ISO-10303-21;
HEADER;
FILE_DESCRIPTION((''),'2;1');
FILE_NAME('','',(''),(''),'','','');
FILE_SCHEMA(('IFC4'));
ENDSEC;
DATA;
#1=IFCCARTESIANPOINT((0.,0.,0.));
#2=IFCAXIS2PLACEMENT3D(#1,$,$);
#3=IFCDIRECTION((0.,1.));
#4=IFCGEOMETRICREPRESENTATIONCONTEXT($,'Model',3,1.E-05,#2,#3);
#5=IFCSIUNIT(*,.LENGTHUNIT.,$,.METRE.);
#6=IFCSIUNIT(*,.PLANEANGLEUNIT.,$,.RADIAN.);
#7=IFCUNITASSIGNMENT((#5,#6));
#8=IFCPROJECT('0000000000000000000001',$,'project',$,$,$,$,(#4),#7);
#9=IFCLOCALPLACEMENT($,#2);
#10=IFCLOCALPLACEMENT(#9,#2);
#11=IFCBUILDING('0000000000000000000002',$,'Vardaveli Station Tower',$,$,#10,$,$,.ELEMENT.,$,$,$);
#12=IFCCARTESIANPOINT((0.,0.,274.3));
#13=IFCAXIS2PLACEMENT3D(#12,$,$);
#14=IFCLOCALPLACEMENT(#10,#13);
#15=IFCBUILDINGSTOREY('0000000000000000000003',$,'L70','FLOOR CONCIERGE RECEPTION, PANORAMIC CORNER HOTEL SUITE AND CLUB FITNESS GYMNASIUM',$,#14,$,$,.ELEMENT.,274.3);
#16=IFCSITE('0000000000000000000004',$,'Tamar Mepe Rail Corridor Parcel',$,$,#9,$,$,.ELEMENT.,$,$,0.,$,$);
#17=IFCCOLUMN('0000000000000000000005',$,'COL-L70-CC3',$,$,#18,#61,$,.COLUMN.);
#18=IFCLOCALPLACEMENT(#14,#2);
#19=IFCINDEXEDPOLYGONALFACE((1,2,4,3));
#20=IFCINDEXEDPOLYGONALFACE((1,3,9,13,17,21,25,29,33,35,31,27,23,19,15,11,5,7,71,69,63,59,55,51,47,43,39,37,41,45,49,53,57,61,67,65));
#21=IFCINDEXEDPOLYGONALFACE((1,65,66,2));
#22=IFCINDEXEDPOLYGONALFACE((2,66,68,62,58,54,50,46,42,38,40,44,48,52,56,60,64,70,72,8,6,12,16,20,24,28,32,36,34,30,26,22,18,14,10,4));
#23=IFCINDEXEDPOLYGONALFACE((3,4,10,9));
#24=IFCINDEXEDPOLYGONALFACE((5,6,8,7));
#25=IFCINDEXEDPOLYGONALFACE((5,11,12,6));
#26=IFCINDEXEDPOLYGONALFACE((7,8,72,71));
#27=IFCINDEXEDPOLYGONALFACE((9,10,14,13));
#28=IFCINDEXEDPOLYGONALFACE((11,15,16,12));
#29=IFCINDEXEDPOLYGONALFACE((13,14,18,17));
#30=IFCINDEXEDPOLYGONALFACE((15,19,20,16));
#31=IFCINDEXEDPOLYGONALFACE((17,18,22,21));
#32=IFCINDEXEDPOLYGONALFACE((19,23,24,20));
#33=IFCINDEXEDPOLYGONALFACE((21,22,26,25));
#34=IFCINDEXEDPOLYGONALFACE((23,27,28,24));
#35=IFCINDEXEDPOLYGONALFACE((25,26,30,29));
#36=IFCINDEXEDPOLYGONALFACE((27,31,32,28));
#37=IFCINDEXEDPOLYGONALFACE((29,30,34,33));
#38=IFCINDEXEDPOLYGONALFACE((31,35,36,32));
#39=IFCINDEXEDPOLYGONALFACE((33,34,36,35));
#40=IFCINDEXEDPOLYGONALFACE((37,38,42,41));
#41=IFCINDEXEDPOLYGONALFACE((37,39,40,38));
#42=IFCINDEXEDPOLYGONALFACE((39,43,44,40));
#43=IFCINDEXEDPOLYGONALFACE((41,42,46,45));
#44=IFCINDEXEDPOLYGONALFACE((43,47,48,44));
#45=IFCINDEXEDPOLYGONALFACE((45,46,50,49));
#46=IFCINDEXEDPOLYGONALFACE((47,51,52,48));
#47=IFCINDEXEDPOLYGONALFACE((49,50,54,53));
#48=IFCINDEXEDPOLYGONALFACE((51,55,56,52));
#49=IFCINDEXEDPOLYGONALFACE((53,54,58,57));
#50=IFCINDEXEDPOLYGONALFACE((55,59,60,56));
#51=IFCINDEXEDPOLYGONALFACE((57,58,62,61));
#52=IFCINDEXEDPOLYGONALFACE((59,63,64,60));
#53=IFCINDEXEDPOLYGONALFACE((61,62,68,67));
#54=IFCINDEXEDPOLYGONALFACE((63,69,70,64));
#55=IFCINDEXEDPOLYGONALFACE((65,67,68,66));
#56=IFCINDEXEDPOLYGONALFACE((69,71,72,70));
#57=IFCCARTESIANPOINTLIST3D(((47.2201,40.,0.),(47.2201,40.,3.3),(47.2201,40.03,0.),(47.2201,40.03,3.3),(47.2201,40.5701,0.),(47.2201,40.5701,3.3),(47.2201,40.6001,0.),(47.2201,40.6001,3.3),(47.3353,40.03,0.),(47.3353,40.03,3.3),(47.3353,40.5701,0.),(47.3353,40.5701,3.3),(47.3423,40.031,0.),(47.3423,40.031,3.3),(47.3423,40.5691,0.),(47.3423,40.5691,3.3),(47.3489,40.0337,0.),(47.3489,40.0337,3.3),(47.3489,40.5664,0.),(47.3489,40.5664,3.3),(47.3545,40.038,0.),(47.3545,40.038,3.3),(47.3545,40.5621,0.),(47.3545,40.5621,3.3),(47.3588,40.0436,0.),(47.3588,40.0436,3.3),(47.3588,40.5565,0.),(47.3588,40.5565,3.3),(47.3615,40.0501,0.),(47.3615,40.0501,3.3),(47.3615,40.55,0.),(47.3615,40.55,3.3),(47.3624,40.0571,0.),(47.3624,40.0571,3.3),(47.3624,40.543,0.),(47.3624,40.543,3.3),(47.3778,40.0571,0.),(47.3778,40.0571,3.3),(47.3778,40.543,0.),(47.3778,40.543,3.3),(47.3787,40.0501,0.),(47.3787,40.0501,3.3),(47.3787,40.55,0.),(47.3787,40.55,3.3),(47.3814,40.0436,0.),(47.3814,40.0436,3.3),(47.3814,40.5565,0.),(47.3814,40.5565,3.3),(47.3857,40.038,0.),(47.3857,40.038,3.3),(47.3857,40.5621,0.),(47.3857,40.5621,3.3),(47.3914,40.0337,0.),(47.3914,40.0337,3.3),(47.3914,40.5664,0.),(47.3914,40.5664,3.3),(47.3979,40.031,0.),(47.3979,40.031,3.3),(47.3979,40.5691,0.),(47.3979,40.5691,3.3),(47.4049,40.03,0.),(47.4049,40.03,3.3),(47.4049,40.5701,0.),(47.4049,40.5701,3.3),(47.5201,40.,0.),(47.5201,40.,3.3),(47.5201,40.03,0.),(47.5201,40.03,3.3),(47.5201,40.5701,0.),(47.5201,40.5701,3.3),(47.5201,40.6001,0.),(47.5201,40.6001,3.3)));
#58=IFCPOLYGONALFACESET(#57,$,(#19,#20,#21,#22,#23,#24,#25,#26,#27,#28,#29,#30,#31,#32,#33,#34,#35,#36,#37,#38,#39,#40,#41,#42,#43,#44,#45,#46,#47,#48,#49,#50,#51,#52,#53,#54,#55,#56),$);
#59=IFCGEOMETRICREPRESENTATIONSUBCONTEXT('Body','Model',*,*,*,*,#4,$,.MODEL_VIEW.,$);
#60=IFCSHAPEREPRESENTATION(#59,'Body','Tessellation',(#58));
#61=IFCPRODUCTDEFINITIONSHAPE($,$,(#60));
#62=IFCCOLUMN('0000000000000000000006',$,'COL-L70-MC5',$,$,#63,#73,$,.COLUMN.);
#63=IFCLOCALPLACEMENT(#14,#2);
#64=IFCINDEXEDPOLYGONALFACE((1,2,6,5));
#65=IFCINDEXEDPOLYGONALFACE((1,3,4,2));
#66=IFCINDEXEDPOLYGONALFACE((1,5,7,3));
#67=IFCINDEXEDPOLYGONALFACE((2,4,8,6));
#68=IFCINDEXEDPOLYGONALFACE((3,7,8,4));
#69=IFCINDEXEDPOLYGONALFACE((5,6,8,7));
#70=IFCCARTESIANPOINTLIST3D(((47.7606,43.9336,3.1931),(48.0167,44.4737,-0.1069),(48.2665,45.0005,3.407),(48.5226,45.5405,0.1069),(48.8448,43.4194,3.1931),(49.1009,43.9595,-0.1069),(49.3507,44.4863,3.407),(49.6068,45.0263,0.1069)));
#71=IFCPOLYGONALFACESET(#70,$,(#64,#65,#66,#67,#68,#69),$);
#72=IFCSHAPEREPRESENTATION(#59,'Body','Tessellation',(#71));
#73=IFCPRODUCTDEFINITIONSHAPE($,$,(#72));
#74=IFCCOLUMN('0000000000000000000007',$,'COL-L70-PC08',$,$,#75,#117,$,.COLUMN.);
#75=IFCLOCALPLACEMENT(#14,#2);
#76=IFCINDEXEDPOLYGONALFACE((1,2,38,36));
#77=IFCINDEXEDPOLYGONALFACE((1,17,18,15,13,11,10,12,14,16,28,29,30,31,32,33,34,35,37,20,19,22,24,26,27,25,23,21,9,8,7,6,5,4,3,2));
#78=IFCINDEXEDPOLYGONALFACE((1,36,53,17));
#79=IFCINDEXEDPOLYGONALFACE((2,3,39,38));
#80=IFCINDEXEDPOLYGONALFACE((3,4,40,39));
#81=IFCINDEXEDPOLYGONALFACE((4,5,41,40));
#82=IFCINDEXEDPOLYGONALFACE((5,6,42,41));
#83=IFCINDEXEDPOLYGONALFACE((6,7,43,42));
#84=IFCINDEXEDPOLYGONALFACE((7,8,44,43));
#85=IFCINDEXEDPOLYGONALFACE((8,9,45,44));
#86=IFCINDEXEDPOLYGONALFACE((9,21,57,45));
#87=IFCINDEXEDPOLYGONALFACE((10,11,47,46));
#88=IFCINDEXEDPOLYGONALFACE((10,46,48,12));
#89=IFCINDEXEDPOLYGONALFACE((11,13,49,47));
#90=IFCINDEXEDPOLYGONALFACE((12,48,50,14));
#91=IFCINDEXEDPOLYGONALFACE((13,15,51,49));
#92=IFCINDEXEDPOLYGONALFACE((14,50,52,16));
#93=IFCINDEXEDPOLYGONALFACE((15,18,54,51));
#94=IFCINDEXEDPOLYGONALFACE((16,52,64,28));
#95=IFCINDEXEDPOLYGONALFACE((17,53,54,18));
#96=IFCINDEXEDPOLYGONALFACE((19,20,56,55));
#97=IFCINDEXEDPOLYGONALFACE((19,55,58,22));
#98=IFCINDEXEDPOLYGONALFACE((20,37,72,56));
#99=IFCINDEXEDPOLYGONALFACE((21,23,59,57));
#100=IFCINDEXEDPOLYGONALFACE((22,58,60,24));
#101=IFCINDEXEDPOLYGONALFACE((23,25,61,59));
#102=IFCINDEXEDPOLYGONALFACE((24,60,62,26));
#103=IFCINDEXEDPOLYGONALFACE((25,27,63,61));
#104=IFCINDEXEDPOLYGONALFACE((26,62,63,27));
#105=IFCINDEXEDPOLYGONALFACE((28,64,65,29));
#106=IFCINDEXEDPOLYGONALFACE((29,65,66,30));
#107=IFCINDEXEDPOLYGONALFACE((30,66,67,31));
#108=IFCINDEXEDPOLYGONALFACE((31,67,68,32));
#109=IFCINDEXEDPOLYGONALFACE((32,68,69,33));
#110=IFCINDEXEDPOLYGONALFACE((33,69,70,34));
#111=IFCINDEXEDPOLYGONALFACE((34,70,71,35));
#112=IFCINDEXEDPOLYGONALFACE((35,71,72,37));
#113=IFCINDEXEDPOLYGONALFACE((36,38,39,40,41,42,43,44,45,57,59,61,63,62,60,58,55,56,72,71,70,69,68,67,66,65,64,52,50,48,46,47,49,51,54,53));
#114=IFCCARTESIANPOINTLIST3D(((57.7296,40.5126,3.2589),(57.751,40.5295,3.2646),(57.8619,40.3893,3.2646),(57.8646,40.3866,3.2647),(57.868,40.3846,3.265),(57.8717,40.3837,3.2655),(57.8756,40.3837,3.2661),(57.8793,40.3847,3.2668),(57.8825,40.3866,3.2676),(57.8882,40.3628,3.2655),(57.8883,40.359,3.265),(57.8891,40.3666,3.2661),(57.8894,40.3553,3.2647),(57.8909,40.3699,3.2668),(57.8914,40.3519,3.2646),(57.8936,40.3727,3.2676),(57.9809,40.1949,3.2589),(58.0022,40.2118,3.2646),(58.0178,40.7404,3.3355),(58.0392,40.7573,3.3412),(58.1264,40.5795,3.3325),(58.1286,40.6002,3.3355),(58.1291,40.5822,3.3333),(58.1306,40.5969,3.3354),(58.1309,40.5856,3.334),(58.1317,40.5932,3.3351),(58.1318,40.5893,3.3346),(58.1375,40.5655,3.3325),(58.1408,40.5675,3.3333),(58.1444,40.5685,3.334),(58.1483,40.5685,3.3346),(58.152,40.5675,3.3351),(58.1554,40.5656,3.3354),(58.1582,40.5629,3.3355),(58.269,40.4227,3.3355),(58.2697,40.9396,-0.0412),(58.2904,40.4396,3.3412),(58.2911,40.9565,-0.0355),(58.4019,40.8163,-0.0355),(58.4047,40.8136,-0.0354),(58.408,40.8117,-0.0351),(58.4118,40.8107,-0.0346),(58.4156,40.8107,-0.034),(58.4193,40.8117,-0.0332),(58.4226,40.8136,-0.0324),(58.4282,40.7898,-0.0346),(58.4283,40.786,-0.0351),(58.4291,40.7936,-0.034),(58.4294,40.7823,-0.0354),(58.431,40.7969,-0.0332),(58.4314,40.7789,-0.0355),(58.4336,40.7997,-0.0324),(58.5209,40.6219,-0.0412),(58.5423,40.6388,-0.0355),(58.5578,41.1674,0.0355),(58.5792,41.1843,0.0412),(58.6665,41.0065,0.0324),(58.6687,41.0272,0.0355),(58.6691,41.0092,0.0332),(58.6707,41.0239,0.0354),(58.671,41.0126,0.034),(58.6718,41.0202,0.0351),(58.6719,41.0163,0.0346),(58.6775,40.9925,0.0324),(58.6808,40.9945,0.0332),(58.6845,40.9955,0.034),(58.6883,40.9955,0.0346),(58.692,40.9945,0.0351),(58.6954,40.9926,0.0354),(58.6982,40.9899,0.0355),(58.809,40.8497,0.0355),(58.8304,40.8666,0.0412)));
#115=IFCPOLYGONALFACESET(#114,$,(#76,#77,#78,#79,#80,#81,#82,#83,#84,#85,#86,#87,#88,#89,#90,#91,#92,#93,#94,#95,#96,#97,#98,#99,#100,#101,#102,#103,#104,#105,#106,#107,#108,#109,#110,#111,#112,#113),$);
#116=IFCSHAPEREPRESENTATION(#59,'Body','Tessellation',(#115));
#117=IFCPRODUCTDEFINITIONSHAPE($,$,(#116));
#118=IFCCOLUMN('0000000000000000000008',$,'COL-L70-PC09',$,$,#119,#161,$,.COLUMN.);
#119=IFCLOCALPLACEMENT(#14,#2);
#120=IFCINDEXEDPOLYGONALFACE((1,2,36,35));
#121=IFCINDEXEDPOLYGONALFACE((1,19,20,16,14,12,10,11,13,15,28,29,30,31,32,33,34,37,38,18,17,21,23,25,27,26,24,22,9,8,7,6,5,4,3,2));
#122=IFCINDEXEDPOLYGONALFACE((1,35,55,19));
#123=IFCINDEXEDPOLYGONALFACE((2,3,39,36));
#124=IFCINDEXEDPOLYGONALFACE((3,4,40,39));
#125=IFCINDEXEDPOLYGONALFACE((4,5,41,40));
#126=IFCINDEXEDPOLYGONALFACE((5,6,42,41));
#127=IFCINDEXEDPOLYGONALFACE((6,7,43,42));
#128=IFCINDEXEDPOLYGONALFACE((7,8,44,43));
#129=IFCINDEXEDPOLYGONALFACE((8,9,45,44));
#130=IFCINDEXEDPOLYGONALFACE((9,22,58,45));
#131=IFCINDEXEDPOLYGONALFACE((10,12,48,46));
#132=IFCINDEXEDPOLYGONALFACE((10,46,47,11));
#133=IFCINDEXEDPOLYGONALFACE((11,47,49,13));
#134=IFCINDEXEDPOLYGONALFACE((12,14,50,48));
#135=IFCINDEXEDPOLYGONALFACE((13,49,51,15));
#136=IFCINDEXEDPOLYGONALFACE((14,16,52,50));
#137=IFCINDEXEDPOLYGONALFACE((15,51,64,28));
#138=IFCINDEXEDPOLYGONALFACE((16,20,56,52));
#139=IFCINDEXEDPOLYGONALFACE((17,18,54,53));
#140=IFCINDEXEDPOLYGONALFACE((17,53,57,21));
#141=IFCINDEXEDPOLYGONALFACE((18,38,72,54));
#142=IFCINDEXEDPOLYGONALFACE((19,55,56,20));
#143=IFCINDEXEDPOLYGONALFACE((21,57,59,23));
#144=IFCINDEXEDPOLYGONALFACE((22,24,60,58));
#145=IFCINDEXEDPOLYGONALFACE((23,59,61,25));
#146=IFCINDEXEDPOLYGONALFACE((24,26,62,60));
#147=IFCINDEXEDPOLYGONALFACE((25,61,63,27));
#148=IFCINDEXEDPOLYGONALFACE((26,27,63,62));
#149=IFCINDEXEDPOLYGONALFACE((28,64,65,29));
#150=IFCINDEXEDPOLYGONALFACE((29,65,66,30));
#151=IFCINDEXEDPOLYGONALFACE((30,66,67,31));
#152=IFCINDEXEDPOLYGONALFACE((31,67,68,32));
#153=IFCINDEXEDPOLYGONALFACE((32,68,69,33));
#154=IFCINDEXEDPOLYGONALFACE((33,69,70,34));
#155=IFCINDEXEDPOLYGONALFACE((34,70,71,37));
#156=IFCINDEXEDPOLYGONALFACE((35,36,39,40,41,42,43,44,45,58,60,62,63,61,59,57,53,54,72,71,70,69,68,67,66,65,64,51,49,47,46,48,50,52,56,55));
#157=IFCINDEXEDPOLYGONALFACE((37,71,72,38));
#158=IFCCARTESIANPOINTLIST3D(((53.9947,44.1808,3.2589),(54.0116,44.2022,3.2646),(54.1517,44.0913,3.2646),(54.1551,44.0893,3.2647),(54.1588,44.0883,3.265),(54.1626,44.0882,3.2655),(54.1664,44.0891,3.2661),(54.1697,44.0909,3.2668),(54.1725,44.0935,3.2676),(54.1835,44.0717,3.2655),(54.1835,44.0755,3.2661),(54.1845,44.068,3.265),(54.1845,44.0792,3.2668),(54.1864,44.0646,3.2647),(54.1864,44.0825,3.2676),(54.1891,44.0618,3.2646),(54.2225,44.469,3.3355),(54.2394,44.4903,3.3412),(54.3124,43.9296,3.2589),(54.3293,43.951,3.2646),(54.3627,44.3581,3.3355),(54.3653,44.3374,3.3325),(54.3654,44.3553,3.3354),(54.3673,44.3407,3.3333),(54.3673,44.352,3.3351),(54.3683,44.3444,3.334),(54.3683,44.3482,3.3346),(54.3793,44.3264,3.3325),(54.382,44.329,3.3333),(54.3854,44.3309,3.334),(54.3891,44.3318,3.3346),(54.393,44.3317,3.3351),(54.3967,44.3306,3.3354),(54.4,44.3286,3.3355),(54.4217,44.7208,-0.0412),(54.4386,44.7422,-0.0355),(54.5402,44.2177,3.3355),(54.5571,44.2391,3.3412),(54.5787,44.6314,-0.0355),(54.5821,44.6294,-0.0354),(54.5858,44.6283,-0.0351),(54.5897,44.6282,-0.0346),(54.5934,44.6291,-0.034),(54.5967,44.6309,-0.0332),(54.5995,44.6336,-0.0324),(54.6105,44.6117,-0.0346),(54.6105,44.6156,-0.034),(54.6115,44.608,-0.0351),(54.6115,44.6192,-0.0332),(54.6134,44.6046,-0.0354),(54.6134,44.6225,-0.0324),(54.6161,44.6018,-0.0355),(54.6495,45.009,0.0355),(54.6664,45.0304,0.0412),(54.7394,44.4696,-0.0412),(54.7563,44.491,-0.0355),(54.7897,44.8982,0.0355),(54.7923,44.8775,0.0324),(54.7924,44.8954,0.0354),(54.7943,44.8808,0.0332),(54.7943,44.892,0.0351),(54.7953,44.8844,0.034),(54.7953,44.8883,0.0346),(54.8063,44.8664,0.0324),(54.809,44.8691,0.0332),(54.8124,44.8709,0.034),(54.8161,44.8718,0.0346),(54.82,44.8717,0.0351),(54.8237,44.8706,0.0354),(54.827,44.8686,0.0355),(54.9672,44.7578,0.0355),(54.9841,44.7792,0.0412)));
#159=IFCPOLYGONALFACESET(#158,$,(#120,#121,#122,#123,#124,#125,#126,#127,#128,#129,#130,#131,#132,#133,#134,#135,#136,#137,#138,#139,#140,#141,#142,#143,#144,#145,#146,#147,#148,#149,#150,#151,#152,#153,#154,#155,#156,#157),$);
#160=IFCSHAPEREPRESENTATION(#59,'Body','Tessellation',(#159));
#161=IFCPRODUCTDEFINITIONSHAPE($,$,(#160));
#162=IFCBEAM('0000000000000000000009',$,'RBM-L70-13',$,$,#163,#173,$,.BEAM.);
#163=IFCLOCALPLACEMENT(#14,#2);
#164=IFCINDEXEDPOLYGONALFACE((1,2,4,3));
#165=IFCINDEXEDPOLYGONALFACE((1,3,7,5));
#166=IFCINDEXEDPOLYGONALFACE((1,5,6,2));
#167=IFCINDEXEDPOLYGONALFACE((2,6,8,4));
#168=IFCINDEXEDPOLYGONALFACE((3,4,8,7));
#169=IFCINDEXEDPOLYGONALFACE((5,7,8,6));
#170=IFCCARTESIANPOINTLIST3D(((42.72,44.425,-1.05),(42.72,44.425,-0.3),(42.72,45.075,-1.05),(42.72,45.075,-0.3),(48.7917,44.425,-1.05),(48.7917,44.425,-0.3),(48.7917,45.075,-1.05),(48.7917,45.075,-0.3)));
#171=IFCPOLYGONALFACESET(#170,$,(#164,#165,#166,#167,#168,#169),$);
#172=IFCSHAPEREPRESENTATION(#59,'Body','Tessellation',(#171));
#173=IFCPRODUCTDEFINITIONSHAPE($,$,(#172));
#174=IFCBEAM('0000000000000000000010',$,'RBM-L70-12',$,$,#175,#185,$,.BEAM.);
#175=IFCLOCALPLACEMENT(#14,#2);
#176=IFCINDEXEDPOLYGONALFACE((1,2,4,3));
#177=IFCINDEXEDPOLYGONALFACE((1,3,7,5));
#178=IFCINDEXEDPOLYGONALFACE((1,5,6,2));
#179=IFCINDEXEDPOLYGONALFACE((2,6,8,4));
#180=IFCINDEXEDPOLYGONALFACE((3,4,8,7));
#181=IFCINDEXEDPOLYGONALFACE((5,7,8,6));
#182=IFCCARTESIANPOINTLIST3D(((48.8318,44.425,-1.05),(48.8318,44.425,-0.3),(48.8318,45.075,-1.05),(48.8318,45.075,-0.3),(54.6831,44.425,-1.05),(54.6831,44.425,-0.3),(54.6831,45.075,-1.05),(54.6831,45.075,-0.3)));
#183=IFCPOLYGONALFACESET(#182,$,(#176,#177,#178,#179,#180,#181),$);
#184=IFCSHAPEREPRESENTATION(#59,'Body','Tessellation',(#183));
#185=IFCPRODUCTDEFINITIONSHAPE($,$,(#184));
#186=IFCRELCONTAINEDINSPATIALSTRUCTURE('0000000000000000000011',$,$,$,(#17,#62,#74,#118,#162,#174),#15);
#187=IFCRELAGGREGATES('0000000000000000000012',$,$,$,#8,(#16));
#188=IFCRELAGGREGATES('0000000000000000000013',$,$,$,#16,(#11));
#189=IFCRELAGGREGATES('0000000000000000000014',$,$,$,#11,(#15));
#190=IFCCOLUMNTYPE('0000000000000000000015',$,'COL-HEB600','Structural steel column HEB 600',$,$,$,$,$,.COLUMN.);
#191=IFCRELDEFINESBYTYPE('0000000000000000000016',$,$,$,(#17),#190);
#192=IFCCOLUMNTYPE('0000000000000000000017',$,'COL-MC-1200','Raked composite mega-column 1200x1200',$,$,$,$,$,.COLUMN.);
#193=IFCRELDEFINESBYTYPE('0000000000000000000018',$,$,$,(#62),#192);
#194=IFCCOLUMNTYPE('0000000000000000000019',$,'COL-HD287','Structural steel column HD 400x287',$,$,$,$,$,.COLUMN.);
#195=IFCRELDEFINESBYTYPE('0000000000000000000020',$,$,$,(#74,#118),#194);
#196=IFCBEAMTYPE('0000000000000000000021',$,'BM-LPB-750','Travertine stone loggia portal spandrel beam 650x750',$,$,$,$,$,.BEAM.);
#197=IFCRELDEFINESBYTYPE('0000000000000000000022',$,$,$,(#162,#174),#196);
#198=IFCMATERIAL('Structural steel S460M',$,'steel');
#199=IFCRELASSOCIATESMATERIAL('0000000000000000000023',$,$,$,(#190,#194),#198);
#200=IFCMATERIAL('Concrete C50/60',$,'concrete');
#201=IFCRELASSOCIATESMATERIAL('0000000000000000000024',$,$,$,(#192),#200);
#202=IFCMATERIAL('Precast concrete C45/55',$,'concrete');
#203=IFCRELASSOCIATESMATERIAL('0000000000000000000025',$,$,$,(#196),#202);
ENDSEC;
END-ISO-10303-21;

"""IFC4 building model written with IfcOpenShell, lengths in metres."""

from ifc_helpers import new_model, si_unit, direction, frame, origin, origin_2d, place, context, subcontext, project, spatial, rectangle, i_section, extrude, source, transform, mapped, material, material_profile, profile_set, type_object, element, save


model = new_model("IFC4")

# Units and contexts
model_context = context("Model", 3, precision=1e-05, world=origin(), true_north=direction((0.0, 1.0)))
body_context = subcontext(model_context, "Body", "Model", "MODEL_VIEW")
ifc_project = project(units=[si_unit("LENGTHUNIT", "METRE"), si_unit("PLANEANGLEUNIT", "RADIAN")], contexts=[model_context])

# Site, building, storey
site_placement = place(None, origin())
site = spatial("IfcSite", under=ifc_project, at=site_placement, Name="Tamar Mepe Rail Corridor Parcel", CompositionType="ELEMENT", RefElevation=0.0)
building_placement = place(site_placement, origin())
building = spatial("IfcBuilding", under=site, at=building_placement, Name="Vardaveli Station Tower", CompositionType="ELEMENT")
storey_placement = place(building_placement, frame((0.0, 0.0, 274.3)))
storey = spatial("IfcBuildingStorey", under=building, at=storey_placement, Name="L70", Description="FLOOR CONCIERGE RECEPTION, PANORAMIC CORNER HOTEL SUITE AND CLUB FITNESS GYMNASIUM", CompositionType="ELEMENT", Elevation=274.3)

# Columns
ifc_material_1 = material(Name="Structural steel S460M", Category="steel")
ifc_material_profile_1 = material_profile(ifc_material_1, i_section(OverallWidth=0.3, OverallDepth=0.6001, WebThickness=0.0154, FlangeThickness=0.03, FilletRadius=0.0271, at=origin_2d()), Name="HEB 600")
ifc_profile_set_1 = profile_set([ifc_material_profile_1], Name="Structural steel S460M")
column_type_1 = type_object("IfcColumnType", Name="COL-HEB600", Description="Structural steel column HEB 600", PredefinedType="COLUMN", material=ifc_profile_set_1)
shared_shape_1 = source(origin(), body_context, "Body", "SweptSolid", [
    extrude(i_section(OverallWidth=0.3, OverallDepth=0.6001, WebThickness=0.0154, FlangeThickness=0.03, FilletRadius=0.0271, at=origin_2d()), origin(), (0.0, 0.0, 1.0), 3.3),
])
column_1_placement = place(storey_placement, frame((47.3701, 40.3, 0.0), z_axis=(0.0, 0.0, 1.0), x_axis=(1.0, 0.0, 0.0)))
element("IfcColumn", 1, at=column_1_placement, inside=storey, type_object=column_type_1, Name="COL-L70-CC3", PredefinedType="COLUMN", context=body_context, shape_type="MappedRepresentation", body=[
    mapped(shared_shape_1, transform((0.0, 0.0, 0.0), scale=1.0)),
])
ifc_material_2 = material(Name="Concrete C50/60", Category="concrete")
ifc_material_profile_2 = material_profile(ifc_material_2, rectangle(XDim=1.2, YDim=1.2, at=origin_2d()), Name="MC 1200x1200")
ifc_profile_set_2 = profile_set([ifc_material_profile_2], Name="Concrete C50/60")
column_type_2 = type_object("IfcColumnType", Name="COL-MC-1200", Description="Raked composite mega-column 1200x1200", PredefinedType="COLUMN", material=ifc_profile_set_2)
shared_shape_2 = source(origin(), body_context, "Body", "SweptSolid", [
    extrude(rectangle(XDim=1.2, YDim=1.2, at=origin_2d()), origin(), (0.0, 0.0, 1.0), 3.3538),
])
column_2_placement = place(storey_placement, frame((48.8118, 44.75, 0.0), z_axis=(-0.076364, -0.161026, 0.983991), x_axis=(0.903546, -0.42849, 0.0)))
element("IfcColumn", 2, at=column_2_placement, inside=storey, type_object=column_type_2, Name="COL-L70-MC5", PredefinedType="COLUMN", context=body_context, shape_type="MappedRepresentation", body=[
    mapped(shared_shape_2, transform((0.0, 0.0, 0.0), scale=1.0)),
])
ifc_material_profile_3 = material_profile(ifc_material_1, i_section(OverallWidth=0.405, OverallDepth=0.4031, WebThickness=0.0178, FlangeThickness=0.0278, FilletRadius=0.0149, at=origin_2d()), Name="HD 400x287")
ifc_profile_set_3 = profile_set([ifc_material_profile_3], Name="Structural steel S460M")
column_type_3 = type_object("IfcColumnType", Name="COL-HD287", Description="Structural steel column HD 400x287", PredefinedType="COLUMN", material=ifc_profile_set_3)
shared_shape_3 = source(origin(), body_context, "Body", "SweptSolid", [
    extrude(i_section(OverallWidth=0.405, OverallDepth=0.4031, WebThickness=0.0178, FlangeThickness=0.0278, FilletRadius=0.0149, at=origin_2d()), origin(), (0.0, 0.0, 1.0), 3.3711),
])
for number, where, z_axis, x_axis, name in (
    (3, (58.55, 40.9031, 0.0), (-0.160197, -0.126666, 0.978924), (0.620231, -0.78442, 0.0), "COL-L70-PC08"),
    (4, (54.7029, 44.75, 0.0), (-0.126666, -0.160197, 0.978924), (0.78442, -0.620231, 0.0), "COL-L70-PC09"),
):
    element("IfcColumn", number, at=place(storey_placement, frame(where, z_axis=z_axis, x_axis=x_axis)), inside=storey, type_object=column_type_3, Name=name, PredefinedType="COLUMN", context=body_context, shape_type="MappedRepresentation", body=[
        mapped(shared_shape_3, transform((0.0, 0.0, 0.0), scale=1.0)),
    ])

# Beams
ifc_material_3 = material(Name="Precast concrete C45/55", Category="concrete")
ifc_material_profile_4 = material_profile(ifc_material_3, rectangle(XDim=0.6499, YDim=0.75, at=origin_2d()), Name="LPB 650x750")
ifc_profile_set_4 = profile_set([ifc_material_profile_4], Name="Precast concrete C45/55")
beam_type = type_object("IfcBeamType", Name="BM-LPB-750", Description="Travertine stone loggia portal spandrel beam 650x750", PredefinedType="BEAM", material=ifc_profile_set_4)
shared_shape_4 = source(origin(), body_context, "Body", "SweptSolid", [
    extrude(rectangle(XDim=0.6499, YDim=0.75, at=origin_2d()), origin(), (0.0, 0.0, 1.0), 6.0718),
])
beam_1_placement = place(storey_placement, frame((48.7917, 44.75, -0.675), z_axis=(-1.0, 0.0, 0.0), x_axis=(0.0, -1.0, 0.0)))
element("IfcBeam", 5, at=beam_1_placement, inside=storey, type_object=beam_type, Name="RBM-L70-13", PredefinedType="BEAM", context=body_context, shape_type="MappedRepresentation", body=[
    mapped(shared_shape_4, transform((0.0, 0.0, 0.0), scale=1.0)),
])
shared_shape_5 = source(origin(), body_context, "Body", "SweptSolid", [
    extrude(rectangle(XDim=0.6499, YDim=0.75, at=origin_2d()), origin(), (0.0, 0.0, 1.0), 5.8513),
])
beam_2_placement = place(storey_placement, frame((54.6831, 44.75, -0.675), z_axis=(-1.0, 0.0, 0.0), x_axis=(0.0, -1.0, 0.0)))
element("IfcBeam", 6, at=beam_2_placement, inside=storey, type_object=beam_type, Name="RBM-L70-12", PredefinedType="BEAM", context=body_context, shape_type="MappedRepresentation", body=[
    mapped(shared_shape_5, transform((0.0, 0.0, 0.0), scale=1.0)),
])

save(model, "model.ifc")
